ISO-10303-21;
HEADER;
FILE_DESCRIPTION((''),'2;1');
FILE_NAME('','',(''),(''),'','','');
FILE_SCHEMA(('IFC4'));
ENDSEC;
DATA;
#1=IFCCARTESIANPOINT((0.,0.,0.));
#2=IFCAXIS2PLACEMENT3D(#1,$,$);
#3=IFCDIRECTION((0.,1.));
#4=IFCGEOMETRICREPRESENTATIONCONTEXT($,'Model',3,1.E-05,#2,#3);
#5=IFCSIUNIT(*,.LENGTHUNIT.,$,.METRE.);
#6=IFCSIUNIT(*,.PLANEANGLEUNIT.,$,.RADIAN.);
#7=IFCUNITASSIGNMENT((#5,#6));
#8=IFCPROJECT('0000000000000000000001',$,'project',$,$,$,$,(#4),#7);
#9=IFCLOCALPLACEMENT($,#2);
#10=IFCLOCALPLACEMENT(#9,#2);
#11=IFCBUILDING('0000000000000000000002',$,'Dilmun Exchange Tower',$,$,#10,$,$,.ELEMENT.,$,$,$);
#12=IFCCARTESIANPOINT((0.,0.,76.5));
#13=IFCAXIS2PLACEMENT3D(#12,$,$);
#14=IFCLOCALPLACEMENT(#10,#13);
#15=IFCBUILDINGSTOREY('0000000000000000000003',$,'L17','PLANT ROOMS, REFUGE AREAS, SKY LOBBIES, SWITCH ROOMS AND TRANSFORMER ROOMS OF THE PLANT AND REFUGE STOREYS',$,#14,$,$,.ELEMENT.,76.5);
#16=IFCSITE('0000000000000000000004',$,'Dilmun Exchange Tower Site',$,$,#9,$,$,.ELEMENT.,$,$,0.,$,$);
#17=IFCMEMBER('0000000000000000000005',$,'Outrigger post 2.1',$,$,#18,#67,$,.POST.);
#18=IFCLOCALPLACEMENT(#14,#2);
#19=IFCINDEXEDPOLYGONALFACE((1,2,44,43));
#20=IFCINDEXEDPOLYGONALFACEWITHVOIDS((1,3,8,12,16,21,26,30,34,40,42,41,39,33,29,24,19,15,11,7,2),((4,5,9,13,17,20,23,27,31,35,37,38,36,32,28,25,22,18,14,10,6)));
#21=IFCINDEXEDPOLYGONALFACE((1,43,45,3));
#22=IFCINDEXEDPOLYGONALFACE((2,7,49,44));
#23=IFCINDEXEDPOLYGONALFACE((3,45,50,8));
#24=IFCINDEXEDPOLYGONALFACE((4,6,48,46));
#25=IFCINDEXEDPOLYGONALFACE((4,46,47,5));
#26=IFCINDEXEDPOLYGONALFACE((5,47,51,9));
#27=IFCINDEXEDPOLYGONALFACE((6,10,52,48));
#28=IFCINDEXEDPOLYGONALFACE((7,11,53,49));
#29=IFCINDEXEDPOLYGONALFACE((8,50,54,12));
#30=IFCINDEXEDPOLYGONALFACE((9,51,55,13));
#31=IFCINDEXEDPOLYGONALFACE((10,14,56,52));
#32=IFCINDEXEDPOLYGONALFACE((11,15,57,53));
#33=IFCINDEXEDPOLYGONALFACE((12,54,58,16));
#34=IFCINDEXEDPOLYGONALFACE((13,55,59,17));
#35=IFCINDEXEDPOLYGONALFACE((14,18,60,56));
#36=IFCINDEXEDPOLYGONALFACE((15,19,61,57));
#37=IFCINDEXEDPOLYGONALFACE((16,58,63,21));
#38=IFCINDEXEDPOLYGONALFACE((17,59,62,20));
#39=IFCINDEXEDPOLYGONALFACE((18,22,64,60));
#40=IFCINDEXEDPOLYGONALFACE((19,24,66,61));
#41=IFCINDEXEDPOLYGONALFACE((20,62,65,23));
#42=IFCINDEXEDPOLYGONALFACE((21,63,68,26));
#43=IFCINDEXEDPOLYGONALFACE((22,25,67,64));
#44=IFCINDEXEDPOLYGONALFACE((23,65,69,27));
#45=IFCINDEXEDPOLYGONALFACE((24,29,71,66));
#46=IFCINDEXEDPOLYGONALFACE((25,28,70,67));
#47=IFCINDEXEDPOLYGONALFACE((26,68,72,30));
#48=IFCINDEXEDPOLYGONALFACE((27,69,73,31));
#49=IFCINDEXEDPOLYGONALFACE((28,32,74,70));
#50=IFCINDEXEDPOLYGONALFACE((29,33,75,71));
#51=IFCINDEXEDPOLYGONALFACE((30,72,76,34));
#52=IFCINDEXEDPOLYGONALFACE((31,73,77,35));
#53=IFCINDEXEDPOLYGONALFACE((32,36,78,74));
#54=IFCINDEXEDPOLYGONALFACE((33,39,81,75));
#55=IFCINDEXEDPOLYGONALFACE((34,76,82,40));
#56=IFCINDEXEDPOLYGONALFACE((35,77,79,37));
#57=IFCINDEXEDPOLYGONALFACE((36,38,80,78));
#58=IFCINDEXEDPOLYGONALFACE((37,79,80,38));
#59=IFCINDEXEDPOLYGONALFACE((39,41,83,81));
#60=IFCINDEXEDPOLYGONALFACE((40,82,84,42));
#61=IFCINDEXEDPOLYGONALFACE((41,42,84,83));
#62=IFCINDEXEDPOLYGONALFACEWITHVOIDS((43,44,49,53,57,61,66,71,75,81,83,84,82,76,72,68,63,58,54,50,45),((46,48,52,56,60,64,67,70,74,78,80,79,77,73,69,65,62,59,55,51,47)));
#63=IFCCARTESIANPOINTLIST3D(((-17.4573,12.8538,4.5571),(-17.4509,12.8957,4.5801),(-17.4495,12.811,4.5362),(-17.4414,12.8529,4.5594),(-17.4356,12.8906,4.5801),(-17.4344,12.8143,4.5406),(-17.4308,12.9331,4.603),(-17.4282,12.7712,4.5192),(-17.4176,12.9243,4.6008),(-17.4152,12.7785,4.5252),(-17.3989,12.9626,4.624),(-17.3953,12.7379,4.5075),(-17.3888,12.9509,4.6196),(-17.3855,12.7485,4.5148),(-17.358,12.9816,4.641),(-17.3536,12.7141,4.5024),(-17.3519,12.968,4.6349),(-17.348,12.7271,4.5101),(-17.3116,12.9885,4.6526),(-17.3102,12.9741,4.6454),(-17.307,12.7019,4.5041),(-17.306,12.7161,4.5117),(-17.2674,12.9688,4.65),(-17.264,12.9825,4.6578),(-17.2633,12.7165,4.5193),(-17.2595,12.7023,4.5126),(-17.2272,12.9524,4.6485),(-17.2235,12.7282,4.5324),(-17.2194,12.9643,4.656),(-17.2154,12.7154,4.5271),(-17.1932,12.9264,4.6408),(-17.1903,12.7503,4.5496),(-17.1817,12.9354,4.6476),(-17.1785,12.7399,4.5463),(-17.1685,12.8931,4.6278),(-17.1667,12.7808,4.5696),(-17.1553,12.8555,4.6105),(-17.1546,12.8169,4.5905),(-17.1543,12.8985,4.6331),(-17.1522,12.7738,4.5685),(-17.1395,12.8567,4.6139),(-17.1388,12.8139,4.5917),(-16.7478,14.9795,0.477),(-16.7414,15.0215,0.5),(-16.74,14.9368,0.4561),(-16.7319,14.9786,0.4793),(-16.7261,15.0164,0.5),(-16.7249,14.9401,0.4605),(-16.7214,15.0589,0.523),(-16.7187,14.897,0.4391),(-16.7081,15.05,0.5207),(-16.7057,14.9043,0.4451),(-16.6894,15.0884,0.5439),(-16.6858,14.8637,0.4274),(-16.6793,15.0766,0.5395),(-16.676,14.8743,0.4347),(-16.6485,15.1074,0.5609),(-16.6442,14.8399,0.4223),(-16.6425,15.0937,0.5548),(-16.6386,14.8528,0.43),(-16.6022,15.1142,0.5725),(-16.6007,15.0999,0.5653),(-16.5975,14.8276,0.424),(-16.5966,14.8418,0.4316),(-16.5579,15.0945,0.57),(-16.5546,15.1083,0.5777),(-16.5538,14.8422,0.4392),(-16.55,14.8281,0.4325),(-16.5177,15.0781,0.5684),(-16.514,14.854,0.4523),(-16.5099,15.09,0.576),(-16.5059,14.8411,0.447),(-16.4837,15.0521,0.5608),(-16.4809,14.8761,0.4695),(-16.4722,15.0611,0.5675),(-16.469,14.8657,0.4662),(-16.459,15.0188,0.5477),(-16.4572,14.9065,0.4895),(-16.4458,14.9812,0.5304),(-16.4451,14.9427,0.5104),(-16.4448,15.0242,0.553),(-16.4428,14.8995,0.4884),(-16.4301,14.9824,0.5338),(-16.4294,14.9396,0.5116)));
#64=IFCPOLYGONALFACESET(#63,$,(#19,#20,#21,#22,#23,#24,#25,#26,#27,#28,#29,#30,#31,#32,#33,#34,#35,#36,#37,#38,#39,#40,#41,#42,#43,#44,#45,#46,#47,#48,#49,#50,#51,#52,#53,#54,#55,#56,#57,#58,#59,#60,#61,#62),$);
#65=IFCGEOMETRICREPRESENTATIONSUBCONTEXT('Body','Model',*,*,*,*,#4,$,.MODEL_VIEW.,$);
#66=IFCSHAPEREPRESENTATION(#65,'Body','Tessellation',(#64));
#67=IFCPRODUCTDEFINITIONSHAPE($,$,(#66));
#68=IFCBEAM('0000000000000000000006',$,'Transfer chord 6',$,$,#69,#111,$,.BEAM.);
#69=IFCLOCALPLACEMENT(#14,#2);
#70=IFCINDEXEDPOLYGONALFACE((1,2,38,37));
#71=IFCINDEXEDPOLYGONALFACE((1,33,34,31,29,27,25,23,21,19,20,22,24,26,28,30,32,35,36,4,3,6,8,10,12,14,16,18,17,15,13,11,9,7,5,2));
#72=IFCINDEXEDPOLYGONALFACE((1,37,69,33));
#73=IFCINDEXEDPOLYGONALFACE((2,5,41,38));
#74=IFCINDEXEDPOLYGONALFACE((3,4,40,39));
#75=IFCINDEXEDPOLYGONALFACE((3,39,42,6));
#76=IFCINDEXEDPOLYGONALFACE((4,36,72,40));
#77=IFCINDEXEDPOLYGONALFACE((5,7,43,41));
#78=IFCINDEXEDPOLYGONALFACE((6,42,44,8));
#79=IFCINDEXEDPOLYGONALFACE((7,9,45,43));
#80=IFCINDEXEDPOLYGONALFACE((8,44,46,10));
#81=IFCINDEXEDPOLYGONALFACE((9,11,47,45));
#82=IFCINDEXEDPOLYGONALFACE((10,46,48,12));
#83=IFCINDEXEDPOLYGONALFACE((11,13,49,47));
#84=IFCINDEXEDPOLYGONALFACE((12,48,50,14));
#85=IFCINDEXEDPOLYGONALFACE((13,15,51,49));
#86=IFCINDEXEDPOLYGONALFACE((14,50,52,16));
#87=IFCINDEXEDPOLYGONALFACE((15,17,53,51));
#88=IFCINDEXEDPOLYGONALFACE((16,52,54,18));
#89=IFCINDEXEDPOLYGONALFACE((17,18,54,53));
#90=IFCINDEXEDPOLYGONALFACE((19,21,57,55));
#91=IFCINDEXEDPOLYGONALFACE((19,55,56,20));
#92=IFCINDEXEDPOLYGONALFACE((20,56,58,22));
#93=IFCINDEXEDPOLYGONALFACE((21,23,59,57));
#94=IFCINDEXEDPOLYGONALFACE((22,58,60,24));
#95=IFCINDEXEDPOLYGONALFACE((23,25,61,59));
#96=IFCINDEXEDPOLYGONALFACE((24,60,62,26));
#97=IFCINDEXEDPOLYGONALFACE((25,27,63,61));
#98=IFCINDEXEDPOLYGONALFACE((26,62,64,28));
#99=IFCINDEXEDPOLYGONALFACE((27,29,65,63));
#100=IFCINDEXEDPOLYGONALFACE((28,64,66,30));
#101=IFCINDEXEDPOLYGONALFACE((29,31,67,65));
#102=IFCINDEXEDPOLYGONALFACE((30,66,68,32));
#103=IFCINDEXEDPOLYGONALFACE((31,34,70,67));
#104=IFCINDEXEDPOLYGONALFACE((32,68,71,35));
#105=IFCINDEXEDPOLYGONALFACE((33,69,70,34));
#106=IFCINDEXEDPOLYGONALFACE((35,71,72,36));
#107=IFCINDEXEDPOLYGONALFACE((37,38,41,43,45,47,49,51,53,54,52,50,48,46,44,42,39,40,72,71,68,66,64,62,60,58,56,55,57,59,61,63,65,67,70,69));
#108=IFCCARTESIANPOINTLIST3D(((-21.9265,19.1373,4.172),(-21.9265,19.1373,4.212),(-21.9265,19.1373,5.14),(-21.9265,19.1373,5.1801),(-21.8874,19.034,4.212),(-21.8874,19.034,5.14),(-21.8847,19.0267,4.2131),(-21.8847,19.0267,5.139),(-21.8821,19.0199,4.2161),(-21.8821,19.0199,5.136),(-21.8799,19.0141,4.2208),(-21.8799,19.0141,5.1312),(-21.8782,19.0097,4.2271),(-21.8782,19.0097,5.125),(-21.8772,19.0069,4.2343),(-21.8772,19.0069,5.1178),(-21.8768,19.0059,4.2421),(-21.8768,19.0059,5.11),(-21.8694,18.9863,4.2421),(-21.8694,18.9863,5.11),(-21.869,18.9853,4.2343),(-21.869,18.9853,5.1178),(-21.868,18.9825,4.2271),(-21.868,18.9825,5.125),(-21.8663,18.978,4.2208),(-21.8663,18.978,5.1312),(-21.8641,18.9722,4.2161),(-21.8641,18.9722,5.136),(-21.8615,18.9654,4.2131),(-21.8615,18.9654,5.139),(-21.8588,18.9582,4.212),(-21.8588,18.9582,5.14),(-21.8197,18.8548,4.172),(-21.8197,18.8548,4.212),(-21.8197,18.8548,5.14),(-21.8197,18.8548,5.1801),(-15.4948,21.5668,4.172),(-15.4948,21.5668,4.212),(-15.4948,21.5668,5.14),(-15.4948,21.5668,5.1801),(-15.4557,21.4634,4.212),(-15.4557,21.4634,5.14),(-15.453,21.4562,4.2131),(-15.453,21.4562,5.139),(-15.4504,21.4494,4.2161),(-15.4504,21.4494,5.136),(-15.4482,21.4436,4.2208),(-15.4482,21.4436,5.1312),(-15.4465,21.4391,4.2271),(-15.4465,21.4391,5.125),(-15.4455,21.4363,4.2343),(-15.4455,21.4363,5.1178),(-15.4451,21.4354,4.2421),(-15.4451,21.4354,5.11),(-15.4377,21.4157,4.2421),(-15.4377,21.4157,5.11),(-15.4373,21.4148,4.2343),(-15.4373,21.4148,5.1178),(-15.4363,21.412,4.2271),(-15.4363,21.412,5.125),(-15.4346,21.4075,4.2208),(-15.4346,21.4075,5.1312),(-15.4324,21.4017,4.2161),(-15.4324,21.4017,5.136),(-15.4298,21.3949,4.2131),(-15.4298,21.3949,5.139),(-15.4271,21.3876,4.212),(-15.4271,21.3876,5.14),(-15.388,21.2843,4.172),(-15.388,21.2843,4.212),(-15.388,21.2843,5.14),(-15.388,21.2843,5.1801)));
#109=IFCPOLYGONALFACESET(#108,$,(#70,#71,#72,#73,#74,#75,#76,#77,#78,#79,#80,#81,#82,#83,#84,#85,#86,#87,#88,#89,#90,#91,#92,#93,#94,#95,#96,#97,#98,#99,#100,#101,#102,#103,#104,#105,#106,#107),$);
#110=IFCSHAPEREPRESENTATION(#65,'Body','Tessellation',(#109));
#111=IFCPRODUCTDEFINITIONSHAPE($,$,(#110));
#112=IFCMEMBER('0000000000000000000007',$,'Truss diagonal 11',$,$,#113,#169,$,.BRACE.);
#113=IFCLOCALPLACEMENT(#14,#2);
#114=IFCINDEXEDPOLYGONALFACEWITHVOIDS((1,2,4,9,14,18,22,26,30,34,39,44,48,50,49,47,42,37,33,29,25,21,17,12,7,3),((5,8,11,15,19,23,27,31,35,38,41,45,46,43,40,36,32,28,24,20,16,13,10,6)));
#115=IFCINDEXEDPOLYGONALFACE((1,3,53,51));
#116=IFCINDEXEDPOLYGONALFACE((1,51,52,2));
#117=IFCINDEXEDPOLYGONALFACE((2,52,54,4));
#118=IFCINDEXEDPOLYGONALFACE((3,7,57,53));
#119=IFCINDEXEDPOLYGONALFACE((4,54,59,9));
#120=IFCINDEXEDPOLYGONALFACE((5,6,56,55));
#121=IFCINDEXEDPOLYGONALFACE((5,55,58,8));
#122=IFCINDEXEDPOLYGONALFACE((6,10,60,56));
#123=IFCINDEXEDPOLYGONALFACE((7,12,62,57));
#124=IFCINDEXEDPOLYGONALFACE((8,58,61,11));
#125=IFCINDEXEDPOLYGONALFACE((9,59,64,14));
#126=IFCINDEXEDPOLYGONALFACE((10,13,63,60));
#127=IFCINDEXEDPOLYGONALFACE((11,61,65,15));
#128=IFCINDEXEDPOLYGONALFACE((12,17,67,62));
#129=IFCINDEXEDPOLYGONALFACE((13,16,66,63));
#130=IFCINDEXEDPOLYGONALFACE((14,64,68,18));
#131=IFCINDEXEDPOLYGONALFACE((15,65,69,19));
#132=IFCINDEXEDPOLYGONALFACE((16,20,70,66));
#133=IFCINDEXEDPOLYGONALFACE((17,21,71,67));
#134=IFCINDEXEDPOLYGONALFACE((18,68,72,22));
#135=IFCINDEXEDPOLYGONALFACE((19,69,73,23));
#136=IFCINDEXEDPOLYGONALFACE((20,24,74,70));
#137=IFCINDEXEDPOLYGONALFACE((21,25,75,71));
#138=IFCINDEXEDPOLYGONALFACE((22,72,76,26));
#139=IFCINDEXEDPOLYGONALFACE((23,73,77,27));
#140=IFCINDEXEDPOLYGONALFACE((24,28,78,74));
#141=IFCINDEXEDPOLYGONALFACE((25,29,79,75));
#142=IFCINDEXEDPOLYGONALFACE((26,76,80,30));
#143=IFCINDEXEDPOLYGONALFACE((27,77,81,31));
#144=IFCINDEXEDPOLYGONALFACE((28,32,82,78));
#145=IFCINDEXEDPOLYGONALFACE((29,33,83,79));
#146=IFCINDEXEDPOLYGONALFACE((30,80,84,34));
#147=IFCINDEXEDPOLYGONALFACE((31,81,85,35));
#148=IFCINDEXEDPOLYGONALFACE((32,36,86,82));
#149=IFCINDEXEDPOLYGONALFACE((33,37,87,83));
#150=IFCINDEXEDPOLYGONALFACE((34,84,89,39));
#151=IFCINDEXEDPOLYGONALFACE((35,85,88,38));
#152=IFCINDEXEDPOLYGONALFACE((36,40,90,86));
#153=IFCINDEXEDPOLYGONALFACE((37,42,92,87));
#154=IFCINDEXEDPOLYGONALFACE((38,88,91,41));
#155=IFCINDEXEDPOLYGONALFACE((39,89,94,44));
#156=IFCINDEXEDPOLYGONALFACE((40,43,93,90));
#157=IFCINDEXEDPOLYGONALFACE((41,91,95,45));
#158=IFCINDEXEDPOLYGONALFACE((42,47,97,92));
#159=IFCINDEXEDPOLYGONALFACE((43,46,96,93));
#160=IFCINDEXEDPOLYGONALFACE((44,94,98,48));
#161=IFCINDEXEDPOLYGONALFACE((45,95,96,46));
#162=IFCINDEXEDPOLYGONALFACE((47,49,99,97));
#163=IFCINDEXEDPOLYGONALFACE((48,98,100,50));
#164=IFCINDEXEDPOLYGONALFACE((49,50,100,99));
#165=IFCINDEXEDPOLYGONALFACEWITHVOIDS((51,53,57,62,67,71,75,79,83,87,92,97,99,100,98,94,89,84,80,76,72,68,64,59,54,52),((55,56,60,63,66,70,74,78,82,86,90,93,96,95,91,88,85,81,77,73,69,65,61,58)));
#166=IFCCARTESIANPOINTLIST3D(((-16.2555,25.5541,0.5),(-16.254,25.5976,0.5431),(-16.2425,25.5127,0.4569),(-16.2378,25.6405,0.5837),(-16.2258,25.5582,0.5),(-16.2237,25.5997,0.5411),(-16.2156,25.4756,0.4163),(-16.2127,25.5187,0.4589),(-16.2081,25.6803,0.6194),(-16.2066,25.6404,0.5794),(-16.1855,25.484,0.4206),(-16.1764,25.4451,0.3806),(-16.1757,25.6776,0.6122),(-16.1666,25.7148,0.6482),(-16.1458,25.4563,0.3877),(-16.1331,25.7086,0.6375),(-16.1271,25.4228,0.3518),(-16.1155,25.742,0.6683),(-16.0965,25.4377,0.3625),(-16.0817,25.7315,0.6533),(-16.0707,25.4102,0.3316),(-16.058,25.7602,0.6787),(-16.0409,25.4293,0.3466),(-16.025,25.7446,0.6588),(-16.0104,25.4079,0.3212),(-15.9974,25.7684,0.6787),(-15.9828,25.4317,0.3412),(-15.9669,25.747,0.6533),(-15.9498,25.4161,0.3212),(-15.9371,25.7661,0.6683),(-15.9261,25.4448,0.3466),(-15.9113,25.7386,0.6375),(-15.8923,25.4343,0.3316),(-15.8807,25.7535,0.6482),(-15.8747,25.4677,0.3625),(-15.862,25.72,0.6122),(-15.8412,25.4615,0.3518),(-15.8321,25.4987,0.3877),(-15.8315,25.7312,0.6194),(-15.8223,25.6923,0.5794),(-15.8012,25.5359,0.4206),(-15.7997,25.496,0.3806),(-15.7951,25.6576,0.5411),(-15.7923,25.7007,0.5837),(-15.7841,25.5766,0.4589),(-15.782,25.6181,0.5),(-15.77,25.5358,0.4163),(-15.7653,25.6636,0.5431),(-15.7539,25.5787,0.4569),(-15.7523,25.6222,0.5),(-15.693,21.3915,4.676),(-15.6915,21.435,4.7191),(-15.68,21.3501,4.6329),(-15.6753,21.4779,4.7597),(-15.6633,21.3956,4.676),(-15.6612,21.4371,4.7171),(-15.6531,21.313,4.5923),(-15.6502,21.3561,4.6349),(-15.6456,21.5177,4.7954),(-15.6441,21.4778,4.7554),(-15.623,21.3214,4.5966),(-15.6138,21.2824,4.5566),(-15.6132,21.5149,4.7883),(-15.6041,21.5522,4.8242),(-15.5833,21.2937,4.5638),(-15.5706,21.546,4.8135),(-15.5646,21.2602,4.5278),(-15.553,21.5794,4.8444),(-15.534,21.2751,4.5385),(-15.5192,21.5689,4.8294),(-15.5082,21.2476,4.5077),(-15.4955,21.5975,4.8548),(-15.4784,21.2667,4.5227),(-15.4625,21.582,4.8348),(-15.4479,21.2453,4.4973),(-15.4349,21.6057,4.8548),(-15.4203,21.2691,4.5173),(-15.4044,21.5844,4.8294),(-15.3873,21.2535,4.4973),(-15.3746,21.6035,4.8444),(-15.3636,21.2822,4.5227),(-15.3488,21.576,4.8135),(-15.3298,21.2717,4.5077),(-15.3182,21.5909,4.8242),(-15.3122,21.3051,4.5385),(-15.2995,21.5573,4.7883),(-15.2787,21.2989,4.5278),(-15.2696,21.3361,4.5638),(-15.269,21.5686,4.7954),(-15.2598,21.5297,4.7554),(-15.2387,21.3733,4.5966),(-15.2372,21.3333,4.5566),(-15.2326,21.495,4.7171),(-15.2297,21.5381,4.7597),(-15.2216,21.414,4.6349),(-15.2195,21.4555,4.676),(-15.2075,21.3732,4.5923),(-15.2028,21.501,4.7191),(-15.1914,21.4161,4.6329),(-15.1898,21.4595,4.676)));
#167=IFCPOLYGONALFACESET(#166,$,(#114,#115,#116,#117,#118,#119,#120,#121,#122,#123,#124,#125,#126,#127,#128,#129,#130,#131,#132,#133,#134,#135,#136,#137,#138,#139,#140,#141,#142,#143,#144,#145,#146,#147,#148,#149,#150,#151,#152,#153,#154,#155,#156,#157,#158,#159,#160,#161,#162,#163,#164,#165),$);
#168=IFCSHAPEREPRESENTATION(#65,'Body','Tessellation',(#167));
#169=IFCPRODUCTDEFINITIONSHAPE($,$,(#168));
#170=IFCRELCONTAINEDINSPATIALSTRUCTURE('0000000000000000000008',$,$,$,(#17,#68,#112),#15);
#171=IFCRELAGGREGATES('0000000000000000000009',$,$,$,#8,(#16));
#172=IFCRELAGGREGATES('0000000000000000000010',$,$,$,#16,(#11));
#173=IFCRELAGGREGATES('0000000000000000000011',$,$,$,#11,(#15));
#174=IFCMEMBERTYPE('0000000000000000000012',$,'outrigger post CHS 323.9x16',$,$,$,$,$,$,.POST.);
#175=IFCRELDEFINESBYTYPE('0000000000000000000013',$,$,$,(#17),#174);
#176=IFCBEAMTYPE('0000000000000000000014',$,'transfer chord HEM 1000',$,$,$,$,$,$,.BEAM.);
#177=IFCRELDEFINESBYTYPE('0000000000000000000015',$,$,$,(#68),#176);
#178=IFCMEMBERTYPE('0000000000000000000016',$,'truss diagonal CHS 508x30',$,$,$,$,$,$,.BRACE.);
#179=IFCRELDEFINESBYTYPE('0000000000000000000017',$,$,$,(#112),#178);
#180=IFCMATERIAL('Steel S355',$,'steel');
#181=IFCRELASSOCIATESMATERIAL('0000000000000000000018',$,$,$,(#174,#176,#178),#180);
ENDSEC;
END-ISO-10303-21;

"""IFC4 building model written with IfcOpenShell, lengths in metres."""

from ifc_helpers import new_model, si_unit, direction, frame, origin, origin_2d, place, context, subcontext, project, spatial, hollow_circle, i_section, extrude, material, material_profile, profile_set, type_object, element, save


model = new_model("IFC4")

# Units and contexts
model_context = context("Model", 3, precision=1e-05, world=origin(), true_north=direction((0.0, 1.0)))
body_context = subcontext(model_context, "Body", "Model", "MODEL_VIEW")
ifc_project = project(units=[si_unit("LENGTHUNIT", "METRE"), si_unit("PLANEANGLEUNIT", "RADIAN")], contexts=[model_context])

# Site, building, storey
site_placement = place(None, origin())
site = spatial("IfcSite", under=ifc_project, at=site_placement, Name="Dilmun Exchange Tower Site", CompositionType="ELEMENT", RefElevation=0.0)
building_placement = place(site_placement, origin())
building = spatial("IfcBuilding", under=site, at=building_placement, Name="Dilmun Exchange Tower", CompositionType="ELEMENT")
storey_placement = place(building_placement, frame((0.0, 0.0, 76.5)))
storey = spatial("IfcBuildingStorey", under=building, at=storey_placement, Name="L17", Description="PLANT ROOMS, REFUGE AREAS, SKY LOBBIES, SWITCH ROOMS AND TRANSFORMER ROOMS OF THE PLANT AND REFUGE STOREYS", CompositionType="ELEMENT", Elevation=76.5)

# Member
ifc_material_1 = material(Name="Steel S355", Category="steel")
ifc_material_profile_1 = material_profile(ifc_material_1, hollow_circle(Radius=0.1619, WallThickness=0.0161, at=origin_2d()), Name="CHS 323.9x16")
ifc_profile_set_1 = profile_set([ifc_material_profile_1], Name="Steel S355")
member_type_1 = type_object("IfcMemberType", Name="outrigger post CHS 323.9x16", PredefinedType="POST", material=ifc_profile_set_1)
member_1_placement = place(storey_placement, frame((-17.2974, 12.8445, 4.5801), z_axis=(0.152411, 0.456655, -0.876492), x_axis=(-0.948563, 0.316587, 0.0)))
element("IfcMember", 1, at=member_1_placement, inside=storey, type_object=member_type_1, Name="Outrigger post 2.1", PredefinedType="POST", context=body_context, shape_type="SweptSolid", body=[
    extrude(hollow_circle(Radius=0.1619, WallThickness=0.0161, at=origin_2d()), origin(), (0.0, 0.0, 1.0), 4.655),
])

# Beam
ifc_material_profile_2 = material_profile(ifc_material_1, i_section(OverallWidth=0.302, OverallDepth=1.0081, WebThickness=0.021, FlangeThickness=0.04, FilletRadius=0.03, at=origin_2d()), Name="HEM 1000")
ifc_profile_set_2 = profile_set([ifc_material_profile_2], Name="Steel S355")
beam_type = type_object("IfcBeamType", Name="transfer chord HEM 1000", PredefinedType="BEAM", material=ifc_profile_set_2)
beam_placement = place(storey_placement, frame((-15.4414, 21.4255, 4.676), z_axis=(-0.935486, -0.353364, 0.0), x_axis=(0.353364, -0.935486, 0.0)))
element("IfcBeam", 2, at=beam_placement, inside=storey, type_object=beam_type, Name="Transfer chord 6", PredefinedType="BEAM", context=body_context, shape_type="SweptSolid", body=[
    extrude(i_section(OverallWidth=0.302, OverallDepth=1.0081, WebThickness=0.021, FlangeThickness=0.04, FilletRadius=0.03, at=origin_2d()), origin(), (0.0, 0.0, 1.0), 6.8752),
])

# Member
ifc_material_profile_3 = material_profile(ifc_material_1, hollow_circle(Radius=0.2539, WallThickness=0.03, at=origin_2d()), Name="CHS 508x30")
ifc_profile_set_3 = profile_set([ifc_material_profile_3], Name="Steel S355")
member_type_2 = type_object("IfcMemberType", Name="truss diagonal CHS 508x30", PredefinedType="BRACE", material=ifc_profile_set_3)
member_2_placement = place(storey_placement, frame((-15.4414, 21.4255, 4.676), z_axis=(-0.094968, 0.702776, -0.705044), x_axis=(-0.990993, -0.133915, 0.0)))
element("IfcMember", 3, at=member_2_placement, inside=storey, type_object=member_type_2, Name="Truss diagonal 11", PredefinedType="BRACE", context=body_context, shape_type="SweptSolid", body=[
    extrude(hollow_circle(Radius=0.2539, WallThickness=0.03, at=origin_2d()), origin(), (0.0, 0.0, 1.0), 5.9231),
])

save(model, "model.ifc")
